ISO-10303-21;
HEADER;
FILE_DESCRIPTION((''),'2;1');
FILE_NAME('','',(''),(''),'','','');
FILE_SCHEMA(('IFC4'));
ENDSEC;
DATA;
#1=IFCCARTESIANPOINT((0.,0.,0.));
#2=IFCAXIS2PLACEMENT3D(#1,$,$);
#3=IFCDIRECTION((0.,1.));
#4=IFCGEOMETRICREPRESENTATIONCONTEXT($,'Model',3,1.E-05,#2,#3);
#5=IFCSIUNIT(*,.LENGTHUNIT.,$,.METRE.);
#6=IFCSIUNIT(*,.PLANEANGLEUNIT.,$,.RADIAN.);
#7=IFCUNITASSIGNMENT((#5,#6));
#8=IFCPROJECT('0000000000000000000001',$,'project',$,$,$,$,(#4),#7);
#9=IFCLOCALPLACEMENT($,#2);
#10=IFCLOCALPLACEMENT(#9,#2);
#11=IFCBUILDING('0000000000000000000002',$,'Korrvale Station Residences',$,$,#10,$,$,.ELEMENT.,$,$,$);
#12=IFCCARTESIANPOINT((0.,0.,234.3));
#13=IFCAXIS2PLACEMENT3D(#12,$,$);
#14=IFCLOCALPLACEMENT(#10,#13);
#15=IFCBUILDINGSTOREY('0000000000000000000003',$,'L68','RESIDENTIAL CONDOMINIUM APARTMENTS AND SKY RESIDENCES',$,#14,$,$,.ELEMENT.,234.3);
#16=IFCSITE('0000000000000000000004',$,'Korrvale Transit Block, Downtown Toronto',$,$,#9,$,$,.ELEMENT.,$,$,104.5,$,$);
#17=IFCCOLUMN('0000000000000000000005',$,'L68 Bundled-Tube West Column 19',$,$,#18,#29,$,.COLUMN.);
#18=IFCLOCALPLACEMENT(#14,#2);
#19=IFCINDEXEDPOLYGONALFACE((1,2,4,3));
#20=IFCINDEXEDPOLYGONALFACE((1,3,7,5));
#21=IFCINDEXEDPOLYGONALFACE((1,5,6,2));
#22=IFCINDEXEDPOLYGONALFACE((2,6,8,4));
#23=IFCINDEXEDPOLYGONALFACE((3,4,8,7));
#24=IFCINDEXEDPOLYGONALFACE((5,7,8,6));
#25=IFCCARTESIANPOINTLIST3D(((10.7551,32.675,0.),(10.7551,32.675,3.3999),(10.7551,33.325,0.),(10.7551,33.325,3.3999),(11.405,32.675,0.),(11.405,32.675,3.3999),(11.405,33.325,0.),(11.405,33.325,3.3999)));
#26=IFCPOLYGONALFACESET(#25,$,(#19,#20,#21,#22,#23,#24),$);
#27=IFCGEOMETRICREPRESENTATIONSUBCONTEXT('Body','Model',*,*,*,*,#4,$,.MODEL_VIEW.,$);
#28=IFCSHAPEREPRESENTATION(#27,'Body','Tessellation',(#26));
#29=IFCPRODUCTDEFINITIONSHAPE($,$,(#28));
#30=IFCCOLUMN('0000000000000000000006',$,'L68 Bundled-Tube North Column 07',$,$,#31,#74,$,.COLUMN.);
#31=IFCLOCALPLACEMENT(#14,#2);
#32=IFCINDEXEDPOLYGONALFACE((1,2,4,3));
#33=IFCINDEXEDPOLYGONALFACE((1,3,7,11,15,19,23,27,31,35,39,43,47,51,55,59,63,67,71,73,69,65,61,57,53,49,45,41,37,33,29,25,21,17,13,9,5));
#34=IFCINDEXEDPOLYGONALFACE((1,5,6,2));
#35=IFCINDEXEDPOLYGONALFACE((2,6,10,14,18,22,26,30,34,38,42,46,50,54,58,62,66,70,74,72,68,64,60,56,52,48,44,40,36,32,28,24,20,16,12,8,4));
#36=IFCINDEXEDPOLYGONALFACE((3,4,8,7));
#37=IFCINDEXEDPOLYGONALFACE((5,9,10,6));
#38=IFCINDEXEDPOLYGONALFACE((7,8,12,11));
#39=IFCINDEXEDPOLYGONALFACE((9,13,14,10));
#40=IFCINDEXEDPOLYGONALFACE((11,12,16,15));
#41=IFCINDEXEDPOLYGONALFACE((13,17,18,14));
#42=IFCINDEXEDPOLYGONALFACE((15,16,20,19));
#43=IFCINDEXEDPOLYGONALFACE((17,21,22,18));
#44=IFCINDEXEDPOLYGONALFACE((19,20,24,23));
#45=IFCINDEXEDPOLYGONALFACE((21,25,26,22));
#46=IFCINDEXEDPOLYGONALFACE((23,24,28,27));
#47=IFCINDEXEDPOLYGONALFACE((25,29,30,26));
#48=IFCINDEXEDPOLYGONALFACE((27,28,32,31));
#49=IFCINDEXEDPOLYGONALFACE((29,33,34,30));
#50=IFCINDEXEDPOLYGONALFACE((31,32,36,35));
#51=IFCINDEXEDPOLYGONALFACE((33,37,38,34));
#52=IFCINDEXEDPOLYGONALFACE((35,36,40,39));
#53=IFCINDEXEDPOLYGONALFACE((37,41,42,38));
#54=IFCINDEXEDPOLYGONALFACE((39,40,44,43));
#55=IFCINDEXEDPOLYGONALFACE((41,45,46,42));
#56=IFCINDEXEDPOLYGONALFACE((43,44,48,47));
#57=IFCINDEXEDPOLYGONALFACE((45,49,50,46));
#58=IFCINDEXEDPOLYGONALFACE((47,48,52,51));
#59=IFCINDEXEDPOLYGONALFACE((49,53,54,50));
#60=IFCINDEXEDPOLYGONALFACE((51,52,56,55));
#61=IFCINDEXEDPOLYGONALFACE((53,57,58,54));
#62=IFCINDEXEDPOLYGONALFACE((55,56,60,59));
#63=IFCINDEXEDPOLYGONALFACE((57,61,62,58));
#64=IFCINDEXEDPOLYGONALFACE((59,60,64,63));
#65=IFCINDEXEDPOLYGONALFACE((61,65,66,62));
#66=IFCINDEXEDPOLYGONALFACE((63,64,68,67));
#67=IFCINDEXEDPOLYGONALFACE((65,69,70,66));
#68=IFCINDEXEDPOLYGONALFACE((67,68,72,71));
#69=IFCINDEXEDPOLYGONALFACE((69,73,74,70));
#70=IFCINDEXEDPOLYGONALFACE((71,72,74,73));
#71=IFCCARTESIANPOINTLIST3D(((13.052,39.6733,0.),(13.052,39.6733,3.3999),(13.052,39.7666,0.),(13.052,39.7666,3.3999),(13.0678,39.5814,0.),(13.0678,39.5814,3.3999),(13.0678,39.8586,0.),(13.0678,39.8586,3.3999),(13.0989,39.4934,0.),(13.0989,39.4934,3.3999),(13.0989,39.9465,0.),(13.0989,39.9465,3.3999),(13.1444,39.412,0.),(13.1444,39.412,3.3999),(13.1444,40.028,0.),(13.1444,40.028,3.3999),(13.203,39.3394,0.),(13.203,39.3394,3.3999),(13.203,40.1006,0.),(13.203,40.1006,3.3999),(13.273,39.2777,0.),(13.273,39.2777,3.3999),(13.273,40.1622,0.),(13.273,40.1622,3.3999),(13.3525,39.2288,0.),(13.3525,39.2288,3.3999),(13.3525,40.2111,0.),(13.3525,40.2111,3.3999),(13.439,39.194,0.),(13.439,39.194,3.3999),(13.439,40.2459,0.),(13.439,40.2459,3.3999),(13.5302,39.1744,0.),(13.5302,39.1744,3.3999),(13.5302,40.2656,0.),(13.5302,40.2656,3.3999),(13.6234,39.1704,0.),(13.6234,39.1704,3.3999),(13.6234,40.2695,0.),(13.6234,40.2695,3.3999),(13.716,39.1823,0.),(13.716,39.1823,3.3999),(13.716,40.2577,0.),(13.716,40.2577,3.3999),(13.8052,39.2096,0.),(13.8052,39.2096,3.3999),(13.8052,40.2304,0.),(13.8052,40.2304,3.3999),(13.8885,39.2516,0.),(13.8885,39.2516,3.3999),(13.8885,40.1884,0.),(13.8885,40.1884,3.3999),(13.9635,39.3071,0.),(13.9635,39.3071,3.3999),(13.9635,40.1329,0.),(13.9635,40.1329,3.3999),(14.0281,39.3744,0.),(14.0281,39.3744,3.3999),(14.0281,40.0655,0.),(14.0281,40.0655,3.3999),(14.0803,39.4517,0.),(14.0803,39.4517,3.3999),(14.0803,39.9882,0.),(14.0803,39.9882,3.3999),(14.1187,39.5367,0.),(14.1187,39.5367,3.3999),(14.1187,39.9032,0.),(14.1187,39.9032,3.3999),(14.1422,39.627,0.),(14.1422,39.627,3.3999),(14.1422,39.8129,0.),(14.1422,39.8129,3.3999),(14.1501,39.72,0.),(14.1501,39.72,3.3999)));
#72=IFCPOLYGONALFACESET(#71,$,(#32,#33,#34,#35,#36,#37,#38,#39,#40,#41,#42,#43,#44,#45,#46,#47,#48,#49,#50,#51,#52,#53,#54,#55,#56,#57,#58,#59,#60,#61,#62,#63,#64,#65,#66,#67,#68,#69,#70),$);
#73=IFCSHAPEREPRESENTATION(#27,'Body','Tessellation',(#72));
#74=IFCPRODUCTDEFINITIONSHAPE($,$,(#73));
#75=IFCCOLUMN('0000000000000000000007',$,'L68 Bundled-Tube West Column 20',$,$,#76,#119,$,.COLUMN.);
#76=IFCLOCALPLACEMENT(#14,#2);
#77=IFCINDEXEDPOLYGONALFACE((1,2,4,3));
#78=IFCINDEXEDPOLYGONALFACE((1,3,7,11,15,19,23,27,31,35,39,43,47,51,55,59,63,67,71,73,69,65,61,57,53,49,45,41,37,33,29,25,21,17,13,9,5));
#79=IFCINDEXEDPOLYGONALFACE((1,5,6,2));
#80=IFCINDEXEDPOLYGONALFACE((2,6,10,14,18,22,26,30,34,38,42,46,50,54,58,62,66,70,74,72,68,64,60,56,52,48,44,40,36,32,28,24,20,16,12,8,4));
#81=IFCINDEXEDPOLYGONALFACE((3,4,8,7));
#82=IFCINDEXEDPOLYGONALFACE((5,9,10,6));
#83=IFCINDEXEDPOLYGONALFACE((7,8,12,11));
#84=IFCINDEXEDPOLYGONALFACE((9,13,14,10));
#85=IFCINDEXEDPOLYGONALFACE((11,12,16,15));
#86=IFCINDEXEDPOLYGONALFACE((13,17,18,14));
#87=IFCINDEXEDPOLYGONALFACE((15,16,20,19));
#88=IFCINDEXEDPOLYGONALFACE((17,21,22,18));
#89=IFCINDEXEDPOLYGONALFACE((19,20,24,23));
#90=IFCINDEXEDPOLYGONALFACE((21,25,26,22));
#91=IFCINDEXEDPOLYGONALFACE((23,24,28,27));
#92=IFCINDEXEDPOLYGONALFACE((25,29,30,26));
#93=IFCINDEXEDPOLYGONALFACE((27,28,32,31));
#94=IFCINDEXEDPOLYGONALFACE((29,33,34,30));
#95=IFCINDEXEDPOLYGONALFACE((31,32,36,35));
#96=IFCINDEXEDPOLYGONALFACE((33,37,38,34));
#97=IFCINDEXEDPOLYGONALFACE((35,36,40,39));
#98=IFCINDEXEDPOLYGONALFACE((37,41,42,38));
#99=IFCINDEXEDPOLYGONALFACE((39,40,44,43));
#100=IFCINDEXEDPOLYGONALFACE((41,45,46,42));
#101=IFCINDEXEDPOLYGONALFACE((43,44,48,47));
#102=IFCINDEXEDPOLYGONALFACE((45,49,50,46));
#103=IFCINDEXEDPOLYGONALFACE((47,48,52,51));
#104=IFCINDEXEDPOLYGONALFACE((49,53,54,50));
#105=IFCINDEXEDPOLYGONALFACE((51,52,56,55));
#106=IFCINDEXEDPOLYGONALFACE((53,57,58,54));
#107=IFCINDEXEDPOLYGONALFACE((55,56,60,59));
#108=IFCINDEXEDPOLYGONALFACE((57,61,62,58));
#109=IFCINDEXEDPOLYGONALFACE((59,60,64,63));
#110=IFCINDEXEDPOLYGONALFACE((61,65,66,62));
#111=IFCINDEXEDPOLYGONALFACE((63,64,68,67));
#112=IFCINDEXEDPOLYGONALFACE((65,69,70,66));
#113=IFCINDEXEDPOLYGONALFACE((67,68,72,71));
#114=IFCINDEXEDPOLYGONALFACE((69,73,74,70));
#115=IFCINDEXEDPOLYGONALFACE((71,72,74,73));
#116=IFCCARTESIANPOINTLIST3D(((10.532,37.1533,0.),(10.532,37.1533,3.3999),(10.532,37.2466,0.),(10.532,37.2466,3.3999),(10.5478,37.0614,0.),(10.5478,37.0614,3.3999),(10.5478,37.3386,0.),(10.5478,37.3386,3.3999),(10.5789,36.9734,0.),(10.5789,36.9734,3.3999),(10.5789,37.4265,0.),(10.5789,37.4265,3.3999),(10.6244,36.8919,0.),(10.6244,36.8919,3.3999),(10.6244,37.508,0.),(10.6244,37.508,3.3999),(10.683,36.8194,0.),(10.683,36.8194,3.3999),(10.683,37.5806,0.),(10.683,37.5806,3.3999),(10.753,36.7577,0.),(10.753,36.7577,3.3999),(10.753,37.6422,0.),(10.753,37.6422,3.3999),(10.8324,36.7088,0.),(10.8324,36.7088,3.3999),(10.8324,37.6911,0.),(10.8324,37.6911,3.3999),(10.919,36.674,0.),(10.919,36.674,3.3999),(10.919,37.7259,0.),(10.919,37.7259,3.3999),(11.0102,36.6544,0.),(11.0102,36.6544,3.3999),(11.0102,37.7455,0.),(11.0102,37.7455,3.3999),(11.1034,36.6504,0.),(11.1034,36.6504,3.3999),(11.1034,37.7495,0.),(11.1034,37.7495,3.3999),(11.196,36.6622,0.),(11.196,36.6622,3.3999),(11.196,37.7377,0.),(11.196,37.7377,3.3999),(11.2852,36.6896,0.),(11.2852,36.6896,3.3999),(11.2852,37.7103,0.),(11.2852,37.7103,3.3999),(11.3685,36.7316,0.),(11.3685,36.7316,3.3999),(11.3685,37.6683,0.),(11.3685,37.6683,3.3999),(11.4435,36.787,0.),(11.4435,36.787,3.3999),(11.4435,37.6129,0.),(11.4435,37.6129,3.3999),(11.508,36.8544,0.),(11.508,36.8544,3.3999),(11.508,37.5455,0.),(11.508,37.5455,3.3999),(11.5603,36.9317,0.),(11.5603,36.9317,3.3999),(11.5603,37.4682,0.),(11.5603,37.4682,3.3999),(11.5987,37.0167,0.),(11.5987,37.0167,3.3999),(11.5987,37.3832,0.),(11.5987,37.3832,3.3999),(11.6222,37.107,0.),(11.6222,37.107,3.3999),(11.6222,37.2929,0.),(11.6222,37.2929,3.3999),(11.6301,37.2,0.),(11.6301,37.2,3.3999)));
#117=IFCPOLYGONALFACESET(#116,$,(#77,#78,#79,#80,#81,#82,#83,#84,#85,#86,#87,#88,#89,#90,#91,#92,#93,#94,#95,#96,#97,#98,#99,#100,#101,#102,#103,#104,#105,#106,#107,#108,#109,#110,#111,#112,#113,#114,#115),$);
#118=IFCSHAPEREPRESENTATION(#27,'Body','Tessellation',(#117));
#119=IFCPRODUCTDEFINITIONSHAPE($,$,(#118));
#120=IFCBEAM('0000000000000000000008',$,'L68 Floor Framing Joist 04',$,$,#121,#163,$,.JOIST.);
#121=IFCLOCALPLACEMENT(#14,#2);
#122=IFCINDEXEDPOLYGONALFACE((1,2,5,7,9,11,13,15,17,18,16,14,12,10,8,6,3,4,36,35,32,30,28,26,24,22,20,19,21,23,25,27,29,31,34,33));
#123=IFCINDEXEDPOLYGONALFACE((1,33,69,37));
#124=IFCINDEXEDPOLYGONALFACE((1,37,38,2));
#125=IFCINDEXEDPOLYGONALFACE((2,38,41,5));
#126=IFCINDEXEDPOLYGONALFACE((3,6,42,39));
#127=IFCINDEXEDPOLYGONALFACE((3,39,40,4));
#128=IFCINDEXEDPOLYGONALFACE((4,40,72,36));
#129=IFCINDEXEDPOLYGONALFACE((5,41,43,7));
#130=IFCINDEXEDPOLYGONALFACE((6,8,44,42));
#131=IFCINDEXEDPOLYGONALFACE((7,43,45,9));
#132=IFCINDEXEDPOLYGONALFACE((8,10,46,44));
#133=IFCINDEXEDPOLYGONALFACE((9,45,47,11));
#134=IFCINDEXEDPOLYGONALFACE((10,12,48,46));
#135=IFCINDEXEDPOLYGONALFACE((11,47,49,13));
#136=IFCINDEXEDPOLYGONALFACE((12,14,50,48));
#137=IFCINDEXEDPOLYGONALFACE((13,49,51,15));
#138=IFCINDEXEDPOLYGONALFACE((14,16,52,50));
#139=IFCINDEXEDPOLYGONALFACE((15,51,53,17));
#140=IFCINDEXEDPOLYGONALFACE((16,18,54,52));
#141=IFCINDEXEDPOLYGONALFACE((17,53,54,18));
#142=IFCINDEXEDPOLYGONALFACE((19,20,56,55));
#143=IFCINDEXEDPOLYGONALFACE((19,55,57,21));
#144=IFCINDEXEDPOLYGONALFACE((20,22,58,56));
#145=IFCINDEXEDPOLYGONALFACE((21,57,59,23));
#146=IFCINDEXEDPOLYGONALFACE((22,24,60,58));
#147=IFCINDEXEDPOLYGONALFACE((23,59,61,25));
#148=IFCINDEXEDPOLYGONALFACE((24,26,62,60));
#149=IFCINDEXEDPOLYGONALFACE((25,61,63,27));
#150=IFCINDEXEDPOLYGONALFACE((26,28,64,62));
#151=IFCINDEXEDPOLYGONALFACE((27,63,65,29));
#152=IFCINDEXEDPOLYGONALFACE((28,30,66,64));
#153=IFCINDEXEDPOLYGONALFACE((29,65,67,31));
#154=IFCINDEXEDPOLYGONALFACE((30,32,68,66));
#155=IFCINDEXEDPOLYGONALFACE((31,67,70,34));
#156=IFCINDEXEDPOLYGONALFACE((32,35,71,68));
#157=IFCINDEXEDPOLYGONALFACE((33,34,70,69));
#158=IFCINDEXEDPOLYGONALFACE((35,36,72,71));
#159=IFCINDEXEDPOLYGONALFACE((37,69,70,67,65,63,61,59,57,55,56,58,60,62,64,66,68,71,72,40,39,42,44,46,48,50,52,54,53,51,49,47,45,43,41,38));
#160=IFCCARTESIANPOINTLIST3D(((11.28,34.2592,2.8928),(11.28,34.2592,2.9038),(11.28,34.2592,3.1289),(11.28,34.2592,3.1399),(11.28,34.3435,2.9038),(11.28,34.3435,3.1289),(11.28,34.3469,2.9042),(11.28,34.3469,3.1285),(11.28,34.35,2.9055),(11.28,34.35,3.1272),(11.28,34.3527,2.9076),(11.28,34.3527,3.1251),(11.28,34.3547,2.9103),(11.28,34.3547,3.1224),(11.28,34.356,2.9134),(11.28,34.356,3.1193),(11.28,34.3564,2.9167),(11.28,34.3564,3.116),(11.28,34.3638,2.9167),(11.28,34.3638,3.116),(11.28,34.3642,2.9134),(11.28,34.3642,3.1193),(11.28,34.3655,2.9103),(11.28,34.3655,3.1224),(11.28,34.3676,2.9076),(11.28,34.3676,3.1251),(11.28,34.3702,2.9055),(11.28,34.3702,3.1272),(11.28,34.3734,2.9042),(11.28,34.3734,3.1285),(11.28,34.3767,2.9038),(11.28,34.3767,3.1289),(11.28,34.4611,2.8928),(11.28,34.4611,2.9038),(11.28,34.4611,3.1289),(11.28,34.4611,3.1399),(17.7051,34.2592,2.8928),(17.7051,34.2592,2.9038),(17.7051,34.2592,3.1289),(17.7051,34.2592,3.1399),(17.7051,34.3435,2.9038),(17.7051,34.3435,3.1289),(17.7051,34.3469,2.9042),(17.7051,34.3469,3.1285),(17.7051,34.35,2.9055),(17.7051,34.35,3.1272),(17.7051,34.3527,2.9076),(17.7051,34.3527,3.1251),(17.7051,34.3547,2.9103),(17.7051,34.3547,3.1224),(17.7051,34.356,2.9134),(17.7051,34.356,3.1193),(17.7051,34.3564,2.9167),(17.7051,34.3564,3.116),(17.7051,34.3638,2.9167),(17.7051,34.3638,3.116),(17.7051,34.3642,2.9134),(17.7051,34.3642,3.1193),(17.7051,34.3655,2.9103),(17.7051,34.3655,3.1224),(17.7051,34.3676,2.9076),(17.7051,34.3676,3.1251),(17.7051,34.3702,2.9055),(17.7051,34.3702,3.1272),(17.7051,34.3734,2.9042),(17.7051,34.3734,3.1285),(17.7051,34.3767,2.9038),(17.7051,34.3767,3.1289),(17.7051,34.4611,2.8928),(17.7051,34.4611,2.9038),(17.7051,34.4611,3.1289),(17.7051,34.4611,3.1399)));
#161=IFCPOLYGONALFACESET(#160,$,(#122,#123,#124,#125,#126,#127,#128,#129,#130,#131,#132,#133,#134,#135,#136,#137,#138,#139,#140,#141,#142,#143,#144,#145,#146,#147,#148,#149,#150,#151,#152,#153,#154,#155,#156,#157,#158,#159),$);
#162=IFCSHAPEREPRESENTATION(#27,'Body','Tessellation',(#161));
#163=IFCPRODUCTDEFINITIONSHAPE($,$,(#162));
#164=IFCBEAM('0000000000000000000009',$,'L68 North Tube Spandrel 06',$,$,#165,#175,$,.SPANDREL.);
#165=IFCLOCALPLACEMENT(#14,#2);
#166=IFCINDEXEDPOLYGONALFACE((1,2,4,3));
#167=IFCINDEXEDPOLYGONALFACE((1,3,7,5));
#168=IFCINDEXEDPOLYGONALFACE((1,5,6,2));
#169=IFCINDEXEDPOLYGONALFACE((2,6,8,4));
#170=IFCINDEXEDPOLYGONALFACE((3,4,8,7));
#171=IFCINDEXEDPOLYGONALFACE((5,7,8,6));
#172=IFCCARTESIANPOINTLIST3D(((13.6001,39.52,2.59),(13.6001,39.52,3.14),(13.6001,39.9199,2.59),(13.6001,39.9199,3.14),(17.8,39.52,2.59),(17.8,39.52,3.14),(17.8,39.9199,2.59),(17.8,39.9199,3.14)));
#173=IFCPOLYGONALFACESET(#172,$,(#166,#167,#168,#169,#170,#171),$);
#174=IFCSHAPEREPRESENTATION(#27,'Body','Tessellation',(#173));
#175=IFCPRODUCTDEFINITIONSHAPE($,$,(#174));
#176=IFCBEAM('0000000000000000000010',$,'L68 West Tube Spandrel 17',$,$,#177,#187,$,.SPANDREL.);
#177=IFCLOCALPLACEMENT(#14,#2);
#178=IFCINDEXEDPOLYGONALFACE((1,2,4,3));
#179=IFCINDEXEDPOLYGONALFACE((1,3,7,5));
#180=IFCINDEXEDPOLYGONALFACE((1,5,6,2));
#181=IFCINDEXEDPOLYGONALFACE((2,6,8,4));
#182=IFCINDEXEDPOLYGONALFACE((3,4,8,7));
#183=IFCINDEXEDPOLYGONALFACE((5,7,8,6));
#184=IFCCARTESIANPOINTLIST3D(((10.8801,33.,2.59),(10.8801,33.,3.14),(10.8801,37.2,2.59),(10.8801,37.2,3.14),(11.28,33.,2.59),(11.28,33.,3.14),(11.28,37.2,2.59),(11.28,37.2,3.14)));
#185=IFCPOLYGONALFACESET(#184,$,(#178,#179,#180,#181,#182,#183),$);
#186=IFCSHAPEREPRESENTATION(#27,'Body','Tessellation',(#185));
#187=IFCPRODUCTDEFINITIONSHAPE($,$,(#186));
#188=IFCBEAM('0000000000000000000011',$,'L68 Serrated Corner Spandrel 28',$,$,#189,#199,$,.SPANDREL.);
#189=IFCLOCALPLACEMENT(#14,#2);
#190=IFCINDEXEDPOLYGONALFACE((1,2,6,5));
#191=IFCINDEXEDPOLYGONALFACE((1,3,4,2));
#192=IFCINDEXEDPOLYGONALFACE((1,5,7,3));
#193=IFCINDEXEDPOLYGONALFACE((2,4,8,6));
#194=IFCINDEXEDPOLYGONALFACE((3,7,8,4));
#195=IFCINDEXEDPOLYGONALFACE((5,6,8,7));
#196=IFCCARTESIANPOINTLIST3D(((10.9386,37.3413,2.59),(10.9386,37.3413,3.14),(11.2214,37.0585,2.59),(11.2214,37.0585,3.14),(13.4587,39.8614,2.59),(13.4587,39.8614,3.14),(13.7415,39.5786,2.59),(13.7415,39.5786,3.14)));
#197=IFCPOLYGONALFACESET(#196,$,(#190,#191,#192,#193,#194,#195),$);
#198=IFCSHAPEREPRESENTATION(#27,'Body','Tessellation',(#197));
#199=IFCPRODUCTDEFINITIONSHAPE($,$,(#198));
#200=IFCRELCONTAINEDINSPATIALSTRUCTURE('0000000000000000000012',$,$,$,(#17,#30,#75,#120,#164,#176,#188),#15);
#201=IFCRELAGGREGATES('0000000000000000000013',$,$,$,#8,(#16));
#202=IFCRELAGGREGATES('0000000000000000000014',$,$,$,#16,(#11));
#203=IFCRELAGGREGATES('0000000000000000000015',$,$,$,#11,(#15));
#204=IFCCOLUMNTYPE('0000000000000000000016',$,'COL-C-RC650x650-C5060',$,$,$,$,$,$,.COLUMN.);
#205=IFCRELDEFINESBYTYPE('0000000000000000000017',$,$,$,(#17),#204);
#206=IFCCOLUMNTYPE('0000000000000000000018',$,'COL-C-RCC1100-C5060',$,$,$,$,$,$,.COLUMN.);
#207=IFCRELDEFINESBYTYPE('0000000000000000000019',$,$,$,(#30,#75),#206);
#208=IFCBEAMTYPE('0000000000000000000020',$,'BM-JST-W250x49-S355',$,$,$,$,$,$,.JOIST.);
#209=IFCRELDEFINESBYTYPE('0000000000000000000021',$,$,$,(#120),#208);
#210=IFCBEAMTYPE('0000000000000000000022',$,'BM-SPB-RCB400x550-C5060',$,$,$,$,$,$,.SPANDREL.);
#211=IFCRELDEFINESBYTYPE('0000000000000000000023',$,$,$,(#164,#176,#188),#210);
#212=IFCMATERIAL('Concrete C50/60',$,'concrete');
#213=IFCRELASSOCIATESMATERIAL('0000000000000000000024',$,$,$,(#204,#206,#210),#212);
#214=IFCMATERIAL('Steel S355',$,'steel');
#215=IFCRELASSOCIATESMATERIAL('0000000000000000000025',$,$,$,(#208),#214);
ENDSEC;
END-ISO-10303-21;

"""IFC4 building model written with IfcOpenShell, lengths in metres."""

from ifc_helpers import new_model, si_unit, direction, frame, origin, origin_2d, place, context, subcontext, project, spatial, rectangle, circle, i_section, extrude, material, material_profile, profile_set, type_object, element, save


model = new_model("IFC4")

# Units and contexts
model_context = context("Model", 3, precision=1e-05, world=origin(), true_north=direction((0.0, 1.0)))
body_context = subcontext(model_context, "Body", "Model", "MODEL_VIEW")
ifc_project = project(units=[si_unit("LENGTHUNIT", "METRE"), si_unit("PLANEANGLEUNIT", "RADIAN")], contexts=[model_context])

# Site, building, storey
site_placement = place(None, origin())
site = spatial("IfcSite", under=ifc_project, at=site_placement, Name="Korrvale Transit Block, Downtown Toronto", CompositionType="ELEMENT", RefElevation=104.5)
building_placement = place(site_placement, origin())
building = spatial("IfcBuilding", under=site, at=building_placement, Name="Korrvale Station Residences", CompositionType="ELEMENT")
storey_placement = place(building_placement, frame((0.0, 0.0, 234.3)))
storey = spatial("IfcBuildingStorey", under=building, at=storey_placement, Name="L68", Description="RESIDENTIAL CONDOMINIUM APARTMENTS AND SKY RESIDENCES", CompositionType="ELEMENT", Elevation=234.3)

# Columns
ifc_material_1 = material(Name="Concrete C50/60", Category="concrete")
ifc_material_profile_1 = material_profile(ifc_material_1, rectangle(XDim=0.6499, YDim=0.6499, at=origin_2d()), Name="RC650x650")
ifc_profile_set_1 = profile_set([ifc_material_profile_1], Name="Concrete C50/60")
column_type_1 = type_object("IfcColumnType", Name="COL-C-RC650x650-C5060", PredefinedType="COLUMN", material=ifc_profile_set_1)
column_placement = place(storey_placement, frame((11.0801, 33.0, 0.0), z_axis=(0.0, 0.0, 1.0), x_axis=(1.0, 0.0, 0.0)))
element("IfcColumn", 1, at=column_placement, inside=storey, type_object=column_type_1, Name="L68 Bundled-Tube West Column 19", PredefinedType="COLUMN", context=body_context, shape_type="SweptSolid", body=[
    extrude(rectangle(XDim=0.6499, YDim=0.6499, at=origin_2d()), origin(), (0.0, 0.0, 1.0), 3.3999),
])
ifc_material_profile_2 = material_profile(ifc_material_1, circle(Radius=0.55, at=origin_2d()), Name="RCC1100")
ifc_profile_set_2 = profile_set([ifc_material_profile_2], Name="Concrete C50/60")
column_type_2 = type_object("IfcColumnType", Name="COL-C-RCC1100-C5060", PredefinedType="COLUMN", material=ifc_profile_set_2)
for number, where, z_axis, x_axis, name in (
    (2, (13.6001, 39.72, 0.0), (0.0, 0.0, 1.0), (1.0, 0.0, 0.0), "L68 Bundled-Tube North Column 07"),
    (3, (11.0801, 37.2, 0.0), (0.0, 0.0, 1.0), (1.0, 0.0, 0.0), "L68 Bundled-Tube West Column 20"),
):
    element("IfcColumn", number, at=place(storey_placement, frame(where, z_axis=z_axis, x_axis=x_axis)), inside=storey, type_object=column_type_2, Name=name, PredefinedType="COLUMN", context=body_context, shape_type="SweptSolid", body=[
        extrude(circle(Radius=0.55, at=origin_2d()), origin(), (0.0, 0.0, 1.0), 3.3999),
    ])

# Beams
ifc_material_2 = material(Name="Steel S355", Category="steel")
ifc_material_profile_3 = material_profile(ifc_material_2, i_section(OverallWidth=0.2019, OverallDepth=0.2471, WebThickness=0.0073, FlangeThickness=0.011, FilletRadius=0.0129, at=origin_2d()), Name="W250x49")
ifc_profile_set_3 = profile_set([ifc_material_profile_3], Name="Steel S355")
beam_type_1 = type_object("IfcBeamType", Name="BM-JST-W250x49-S355", PredefinedType="JOIST", material=ifc_profile_set_3)
beam_1_placement = place(storey_placement, frame((11.28, 34.3601, 3.0164), z_axis=(1.0, 0.0, 0.0), x_axis=(0.0, 1.0, 0.0)))
element("IfcBeam", 4, at=beam_1_placement, inside=storey, type_object=beam_type_1, Name="L68 Floor Framing Joist 04", PredefinedType="JOIST", context=body_context, shape_type="SweptSolid", body=[
    extrude(i_section(OverallWidth=0.2019, OverallDepth=0.2471, WebThickness=0.0073, FlangeThickness=0.011, FilletRadius=0.0129, at=origin_2d()), origin(), (0.0, 0.0, 1.0), 6.425),
])
ifc_material_profile_4 = material_profile(ifc_material_1, rectangle(XDim=0.3999, YDim=0.55, at=origin_2d()), Name="RCB400x550")
ifc_profile_set_4 = profile_set([ifc_material_profile_4], Name="Concrete C50/60")
beam_type_2 = type_object("IfcBeamType", Name="BM-SPB-RCB400x550-C5060", PredefinedType="SPANDREL", material=ifc_profile_set_4)
for number, where, z_axis, x_axis, name in (
    (5, (13.6001, 39.72, 2.865), (1.0, 0.0, 0.0), (0.0, 1.0, 0.0), "L68 North Tube Spandrel 06"),
    (6, (11.0801, 33.0, 2.865), (0.0, 1.0, 0.0), (-1.0, 0.0, 0.0), "L68 West Tube Spandrel 17"),
):
    element("IfcBeam", number, at=place(storey_placement, frame(where, z_axis=z_axis, x_axis=x_axis)), inside=storey, type_object=beam_type_2, Name=name, PredefinedType="SPANDREL", context=body_context, shape_type="SweptSolid", body=[
        extrude(rectangle(XDim=0.3999, YDim=0.55, at=origin_2d()), origin(), (0.0, 0.0, 1.0), 4.2),
    ])
beam_2_placement = place(storey_placement, frame((13.6001, 39.72, 2.865), z_axis=(-0.707107, -0.707107, 0.0), x_axis=(0.707107, -0.707107, 0.0)))
element("IfcBeam", 7, at=beam_2_placement, inside=storey, type_object=beam_type_2, Name="L68 Serrated Corner Spandrel 28", PredefinedType="SPANDREL", context=body_context, shape_type="SweptSolid", body=[
    extrude(rectangle(XDim=0.3999, YDim=0.55, at=origin_2d()), origin(), (0.0, 0.0, 1.0), 3.564),
])

save(model, "model.ifc")
